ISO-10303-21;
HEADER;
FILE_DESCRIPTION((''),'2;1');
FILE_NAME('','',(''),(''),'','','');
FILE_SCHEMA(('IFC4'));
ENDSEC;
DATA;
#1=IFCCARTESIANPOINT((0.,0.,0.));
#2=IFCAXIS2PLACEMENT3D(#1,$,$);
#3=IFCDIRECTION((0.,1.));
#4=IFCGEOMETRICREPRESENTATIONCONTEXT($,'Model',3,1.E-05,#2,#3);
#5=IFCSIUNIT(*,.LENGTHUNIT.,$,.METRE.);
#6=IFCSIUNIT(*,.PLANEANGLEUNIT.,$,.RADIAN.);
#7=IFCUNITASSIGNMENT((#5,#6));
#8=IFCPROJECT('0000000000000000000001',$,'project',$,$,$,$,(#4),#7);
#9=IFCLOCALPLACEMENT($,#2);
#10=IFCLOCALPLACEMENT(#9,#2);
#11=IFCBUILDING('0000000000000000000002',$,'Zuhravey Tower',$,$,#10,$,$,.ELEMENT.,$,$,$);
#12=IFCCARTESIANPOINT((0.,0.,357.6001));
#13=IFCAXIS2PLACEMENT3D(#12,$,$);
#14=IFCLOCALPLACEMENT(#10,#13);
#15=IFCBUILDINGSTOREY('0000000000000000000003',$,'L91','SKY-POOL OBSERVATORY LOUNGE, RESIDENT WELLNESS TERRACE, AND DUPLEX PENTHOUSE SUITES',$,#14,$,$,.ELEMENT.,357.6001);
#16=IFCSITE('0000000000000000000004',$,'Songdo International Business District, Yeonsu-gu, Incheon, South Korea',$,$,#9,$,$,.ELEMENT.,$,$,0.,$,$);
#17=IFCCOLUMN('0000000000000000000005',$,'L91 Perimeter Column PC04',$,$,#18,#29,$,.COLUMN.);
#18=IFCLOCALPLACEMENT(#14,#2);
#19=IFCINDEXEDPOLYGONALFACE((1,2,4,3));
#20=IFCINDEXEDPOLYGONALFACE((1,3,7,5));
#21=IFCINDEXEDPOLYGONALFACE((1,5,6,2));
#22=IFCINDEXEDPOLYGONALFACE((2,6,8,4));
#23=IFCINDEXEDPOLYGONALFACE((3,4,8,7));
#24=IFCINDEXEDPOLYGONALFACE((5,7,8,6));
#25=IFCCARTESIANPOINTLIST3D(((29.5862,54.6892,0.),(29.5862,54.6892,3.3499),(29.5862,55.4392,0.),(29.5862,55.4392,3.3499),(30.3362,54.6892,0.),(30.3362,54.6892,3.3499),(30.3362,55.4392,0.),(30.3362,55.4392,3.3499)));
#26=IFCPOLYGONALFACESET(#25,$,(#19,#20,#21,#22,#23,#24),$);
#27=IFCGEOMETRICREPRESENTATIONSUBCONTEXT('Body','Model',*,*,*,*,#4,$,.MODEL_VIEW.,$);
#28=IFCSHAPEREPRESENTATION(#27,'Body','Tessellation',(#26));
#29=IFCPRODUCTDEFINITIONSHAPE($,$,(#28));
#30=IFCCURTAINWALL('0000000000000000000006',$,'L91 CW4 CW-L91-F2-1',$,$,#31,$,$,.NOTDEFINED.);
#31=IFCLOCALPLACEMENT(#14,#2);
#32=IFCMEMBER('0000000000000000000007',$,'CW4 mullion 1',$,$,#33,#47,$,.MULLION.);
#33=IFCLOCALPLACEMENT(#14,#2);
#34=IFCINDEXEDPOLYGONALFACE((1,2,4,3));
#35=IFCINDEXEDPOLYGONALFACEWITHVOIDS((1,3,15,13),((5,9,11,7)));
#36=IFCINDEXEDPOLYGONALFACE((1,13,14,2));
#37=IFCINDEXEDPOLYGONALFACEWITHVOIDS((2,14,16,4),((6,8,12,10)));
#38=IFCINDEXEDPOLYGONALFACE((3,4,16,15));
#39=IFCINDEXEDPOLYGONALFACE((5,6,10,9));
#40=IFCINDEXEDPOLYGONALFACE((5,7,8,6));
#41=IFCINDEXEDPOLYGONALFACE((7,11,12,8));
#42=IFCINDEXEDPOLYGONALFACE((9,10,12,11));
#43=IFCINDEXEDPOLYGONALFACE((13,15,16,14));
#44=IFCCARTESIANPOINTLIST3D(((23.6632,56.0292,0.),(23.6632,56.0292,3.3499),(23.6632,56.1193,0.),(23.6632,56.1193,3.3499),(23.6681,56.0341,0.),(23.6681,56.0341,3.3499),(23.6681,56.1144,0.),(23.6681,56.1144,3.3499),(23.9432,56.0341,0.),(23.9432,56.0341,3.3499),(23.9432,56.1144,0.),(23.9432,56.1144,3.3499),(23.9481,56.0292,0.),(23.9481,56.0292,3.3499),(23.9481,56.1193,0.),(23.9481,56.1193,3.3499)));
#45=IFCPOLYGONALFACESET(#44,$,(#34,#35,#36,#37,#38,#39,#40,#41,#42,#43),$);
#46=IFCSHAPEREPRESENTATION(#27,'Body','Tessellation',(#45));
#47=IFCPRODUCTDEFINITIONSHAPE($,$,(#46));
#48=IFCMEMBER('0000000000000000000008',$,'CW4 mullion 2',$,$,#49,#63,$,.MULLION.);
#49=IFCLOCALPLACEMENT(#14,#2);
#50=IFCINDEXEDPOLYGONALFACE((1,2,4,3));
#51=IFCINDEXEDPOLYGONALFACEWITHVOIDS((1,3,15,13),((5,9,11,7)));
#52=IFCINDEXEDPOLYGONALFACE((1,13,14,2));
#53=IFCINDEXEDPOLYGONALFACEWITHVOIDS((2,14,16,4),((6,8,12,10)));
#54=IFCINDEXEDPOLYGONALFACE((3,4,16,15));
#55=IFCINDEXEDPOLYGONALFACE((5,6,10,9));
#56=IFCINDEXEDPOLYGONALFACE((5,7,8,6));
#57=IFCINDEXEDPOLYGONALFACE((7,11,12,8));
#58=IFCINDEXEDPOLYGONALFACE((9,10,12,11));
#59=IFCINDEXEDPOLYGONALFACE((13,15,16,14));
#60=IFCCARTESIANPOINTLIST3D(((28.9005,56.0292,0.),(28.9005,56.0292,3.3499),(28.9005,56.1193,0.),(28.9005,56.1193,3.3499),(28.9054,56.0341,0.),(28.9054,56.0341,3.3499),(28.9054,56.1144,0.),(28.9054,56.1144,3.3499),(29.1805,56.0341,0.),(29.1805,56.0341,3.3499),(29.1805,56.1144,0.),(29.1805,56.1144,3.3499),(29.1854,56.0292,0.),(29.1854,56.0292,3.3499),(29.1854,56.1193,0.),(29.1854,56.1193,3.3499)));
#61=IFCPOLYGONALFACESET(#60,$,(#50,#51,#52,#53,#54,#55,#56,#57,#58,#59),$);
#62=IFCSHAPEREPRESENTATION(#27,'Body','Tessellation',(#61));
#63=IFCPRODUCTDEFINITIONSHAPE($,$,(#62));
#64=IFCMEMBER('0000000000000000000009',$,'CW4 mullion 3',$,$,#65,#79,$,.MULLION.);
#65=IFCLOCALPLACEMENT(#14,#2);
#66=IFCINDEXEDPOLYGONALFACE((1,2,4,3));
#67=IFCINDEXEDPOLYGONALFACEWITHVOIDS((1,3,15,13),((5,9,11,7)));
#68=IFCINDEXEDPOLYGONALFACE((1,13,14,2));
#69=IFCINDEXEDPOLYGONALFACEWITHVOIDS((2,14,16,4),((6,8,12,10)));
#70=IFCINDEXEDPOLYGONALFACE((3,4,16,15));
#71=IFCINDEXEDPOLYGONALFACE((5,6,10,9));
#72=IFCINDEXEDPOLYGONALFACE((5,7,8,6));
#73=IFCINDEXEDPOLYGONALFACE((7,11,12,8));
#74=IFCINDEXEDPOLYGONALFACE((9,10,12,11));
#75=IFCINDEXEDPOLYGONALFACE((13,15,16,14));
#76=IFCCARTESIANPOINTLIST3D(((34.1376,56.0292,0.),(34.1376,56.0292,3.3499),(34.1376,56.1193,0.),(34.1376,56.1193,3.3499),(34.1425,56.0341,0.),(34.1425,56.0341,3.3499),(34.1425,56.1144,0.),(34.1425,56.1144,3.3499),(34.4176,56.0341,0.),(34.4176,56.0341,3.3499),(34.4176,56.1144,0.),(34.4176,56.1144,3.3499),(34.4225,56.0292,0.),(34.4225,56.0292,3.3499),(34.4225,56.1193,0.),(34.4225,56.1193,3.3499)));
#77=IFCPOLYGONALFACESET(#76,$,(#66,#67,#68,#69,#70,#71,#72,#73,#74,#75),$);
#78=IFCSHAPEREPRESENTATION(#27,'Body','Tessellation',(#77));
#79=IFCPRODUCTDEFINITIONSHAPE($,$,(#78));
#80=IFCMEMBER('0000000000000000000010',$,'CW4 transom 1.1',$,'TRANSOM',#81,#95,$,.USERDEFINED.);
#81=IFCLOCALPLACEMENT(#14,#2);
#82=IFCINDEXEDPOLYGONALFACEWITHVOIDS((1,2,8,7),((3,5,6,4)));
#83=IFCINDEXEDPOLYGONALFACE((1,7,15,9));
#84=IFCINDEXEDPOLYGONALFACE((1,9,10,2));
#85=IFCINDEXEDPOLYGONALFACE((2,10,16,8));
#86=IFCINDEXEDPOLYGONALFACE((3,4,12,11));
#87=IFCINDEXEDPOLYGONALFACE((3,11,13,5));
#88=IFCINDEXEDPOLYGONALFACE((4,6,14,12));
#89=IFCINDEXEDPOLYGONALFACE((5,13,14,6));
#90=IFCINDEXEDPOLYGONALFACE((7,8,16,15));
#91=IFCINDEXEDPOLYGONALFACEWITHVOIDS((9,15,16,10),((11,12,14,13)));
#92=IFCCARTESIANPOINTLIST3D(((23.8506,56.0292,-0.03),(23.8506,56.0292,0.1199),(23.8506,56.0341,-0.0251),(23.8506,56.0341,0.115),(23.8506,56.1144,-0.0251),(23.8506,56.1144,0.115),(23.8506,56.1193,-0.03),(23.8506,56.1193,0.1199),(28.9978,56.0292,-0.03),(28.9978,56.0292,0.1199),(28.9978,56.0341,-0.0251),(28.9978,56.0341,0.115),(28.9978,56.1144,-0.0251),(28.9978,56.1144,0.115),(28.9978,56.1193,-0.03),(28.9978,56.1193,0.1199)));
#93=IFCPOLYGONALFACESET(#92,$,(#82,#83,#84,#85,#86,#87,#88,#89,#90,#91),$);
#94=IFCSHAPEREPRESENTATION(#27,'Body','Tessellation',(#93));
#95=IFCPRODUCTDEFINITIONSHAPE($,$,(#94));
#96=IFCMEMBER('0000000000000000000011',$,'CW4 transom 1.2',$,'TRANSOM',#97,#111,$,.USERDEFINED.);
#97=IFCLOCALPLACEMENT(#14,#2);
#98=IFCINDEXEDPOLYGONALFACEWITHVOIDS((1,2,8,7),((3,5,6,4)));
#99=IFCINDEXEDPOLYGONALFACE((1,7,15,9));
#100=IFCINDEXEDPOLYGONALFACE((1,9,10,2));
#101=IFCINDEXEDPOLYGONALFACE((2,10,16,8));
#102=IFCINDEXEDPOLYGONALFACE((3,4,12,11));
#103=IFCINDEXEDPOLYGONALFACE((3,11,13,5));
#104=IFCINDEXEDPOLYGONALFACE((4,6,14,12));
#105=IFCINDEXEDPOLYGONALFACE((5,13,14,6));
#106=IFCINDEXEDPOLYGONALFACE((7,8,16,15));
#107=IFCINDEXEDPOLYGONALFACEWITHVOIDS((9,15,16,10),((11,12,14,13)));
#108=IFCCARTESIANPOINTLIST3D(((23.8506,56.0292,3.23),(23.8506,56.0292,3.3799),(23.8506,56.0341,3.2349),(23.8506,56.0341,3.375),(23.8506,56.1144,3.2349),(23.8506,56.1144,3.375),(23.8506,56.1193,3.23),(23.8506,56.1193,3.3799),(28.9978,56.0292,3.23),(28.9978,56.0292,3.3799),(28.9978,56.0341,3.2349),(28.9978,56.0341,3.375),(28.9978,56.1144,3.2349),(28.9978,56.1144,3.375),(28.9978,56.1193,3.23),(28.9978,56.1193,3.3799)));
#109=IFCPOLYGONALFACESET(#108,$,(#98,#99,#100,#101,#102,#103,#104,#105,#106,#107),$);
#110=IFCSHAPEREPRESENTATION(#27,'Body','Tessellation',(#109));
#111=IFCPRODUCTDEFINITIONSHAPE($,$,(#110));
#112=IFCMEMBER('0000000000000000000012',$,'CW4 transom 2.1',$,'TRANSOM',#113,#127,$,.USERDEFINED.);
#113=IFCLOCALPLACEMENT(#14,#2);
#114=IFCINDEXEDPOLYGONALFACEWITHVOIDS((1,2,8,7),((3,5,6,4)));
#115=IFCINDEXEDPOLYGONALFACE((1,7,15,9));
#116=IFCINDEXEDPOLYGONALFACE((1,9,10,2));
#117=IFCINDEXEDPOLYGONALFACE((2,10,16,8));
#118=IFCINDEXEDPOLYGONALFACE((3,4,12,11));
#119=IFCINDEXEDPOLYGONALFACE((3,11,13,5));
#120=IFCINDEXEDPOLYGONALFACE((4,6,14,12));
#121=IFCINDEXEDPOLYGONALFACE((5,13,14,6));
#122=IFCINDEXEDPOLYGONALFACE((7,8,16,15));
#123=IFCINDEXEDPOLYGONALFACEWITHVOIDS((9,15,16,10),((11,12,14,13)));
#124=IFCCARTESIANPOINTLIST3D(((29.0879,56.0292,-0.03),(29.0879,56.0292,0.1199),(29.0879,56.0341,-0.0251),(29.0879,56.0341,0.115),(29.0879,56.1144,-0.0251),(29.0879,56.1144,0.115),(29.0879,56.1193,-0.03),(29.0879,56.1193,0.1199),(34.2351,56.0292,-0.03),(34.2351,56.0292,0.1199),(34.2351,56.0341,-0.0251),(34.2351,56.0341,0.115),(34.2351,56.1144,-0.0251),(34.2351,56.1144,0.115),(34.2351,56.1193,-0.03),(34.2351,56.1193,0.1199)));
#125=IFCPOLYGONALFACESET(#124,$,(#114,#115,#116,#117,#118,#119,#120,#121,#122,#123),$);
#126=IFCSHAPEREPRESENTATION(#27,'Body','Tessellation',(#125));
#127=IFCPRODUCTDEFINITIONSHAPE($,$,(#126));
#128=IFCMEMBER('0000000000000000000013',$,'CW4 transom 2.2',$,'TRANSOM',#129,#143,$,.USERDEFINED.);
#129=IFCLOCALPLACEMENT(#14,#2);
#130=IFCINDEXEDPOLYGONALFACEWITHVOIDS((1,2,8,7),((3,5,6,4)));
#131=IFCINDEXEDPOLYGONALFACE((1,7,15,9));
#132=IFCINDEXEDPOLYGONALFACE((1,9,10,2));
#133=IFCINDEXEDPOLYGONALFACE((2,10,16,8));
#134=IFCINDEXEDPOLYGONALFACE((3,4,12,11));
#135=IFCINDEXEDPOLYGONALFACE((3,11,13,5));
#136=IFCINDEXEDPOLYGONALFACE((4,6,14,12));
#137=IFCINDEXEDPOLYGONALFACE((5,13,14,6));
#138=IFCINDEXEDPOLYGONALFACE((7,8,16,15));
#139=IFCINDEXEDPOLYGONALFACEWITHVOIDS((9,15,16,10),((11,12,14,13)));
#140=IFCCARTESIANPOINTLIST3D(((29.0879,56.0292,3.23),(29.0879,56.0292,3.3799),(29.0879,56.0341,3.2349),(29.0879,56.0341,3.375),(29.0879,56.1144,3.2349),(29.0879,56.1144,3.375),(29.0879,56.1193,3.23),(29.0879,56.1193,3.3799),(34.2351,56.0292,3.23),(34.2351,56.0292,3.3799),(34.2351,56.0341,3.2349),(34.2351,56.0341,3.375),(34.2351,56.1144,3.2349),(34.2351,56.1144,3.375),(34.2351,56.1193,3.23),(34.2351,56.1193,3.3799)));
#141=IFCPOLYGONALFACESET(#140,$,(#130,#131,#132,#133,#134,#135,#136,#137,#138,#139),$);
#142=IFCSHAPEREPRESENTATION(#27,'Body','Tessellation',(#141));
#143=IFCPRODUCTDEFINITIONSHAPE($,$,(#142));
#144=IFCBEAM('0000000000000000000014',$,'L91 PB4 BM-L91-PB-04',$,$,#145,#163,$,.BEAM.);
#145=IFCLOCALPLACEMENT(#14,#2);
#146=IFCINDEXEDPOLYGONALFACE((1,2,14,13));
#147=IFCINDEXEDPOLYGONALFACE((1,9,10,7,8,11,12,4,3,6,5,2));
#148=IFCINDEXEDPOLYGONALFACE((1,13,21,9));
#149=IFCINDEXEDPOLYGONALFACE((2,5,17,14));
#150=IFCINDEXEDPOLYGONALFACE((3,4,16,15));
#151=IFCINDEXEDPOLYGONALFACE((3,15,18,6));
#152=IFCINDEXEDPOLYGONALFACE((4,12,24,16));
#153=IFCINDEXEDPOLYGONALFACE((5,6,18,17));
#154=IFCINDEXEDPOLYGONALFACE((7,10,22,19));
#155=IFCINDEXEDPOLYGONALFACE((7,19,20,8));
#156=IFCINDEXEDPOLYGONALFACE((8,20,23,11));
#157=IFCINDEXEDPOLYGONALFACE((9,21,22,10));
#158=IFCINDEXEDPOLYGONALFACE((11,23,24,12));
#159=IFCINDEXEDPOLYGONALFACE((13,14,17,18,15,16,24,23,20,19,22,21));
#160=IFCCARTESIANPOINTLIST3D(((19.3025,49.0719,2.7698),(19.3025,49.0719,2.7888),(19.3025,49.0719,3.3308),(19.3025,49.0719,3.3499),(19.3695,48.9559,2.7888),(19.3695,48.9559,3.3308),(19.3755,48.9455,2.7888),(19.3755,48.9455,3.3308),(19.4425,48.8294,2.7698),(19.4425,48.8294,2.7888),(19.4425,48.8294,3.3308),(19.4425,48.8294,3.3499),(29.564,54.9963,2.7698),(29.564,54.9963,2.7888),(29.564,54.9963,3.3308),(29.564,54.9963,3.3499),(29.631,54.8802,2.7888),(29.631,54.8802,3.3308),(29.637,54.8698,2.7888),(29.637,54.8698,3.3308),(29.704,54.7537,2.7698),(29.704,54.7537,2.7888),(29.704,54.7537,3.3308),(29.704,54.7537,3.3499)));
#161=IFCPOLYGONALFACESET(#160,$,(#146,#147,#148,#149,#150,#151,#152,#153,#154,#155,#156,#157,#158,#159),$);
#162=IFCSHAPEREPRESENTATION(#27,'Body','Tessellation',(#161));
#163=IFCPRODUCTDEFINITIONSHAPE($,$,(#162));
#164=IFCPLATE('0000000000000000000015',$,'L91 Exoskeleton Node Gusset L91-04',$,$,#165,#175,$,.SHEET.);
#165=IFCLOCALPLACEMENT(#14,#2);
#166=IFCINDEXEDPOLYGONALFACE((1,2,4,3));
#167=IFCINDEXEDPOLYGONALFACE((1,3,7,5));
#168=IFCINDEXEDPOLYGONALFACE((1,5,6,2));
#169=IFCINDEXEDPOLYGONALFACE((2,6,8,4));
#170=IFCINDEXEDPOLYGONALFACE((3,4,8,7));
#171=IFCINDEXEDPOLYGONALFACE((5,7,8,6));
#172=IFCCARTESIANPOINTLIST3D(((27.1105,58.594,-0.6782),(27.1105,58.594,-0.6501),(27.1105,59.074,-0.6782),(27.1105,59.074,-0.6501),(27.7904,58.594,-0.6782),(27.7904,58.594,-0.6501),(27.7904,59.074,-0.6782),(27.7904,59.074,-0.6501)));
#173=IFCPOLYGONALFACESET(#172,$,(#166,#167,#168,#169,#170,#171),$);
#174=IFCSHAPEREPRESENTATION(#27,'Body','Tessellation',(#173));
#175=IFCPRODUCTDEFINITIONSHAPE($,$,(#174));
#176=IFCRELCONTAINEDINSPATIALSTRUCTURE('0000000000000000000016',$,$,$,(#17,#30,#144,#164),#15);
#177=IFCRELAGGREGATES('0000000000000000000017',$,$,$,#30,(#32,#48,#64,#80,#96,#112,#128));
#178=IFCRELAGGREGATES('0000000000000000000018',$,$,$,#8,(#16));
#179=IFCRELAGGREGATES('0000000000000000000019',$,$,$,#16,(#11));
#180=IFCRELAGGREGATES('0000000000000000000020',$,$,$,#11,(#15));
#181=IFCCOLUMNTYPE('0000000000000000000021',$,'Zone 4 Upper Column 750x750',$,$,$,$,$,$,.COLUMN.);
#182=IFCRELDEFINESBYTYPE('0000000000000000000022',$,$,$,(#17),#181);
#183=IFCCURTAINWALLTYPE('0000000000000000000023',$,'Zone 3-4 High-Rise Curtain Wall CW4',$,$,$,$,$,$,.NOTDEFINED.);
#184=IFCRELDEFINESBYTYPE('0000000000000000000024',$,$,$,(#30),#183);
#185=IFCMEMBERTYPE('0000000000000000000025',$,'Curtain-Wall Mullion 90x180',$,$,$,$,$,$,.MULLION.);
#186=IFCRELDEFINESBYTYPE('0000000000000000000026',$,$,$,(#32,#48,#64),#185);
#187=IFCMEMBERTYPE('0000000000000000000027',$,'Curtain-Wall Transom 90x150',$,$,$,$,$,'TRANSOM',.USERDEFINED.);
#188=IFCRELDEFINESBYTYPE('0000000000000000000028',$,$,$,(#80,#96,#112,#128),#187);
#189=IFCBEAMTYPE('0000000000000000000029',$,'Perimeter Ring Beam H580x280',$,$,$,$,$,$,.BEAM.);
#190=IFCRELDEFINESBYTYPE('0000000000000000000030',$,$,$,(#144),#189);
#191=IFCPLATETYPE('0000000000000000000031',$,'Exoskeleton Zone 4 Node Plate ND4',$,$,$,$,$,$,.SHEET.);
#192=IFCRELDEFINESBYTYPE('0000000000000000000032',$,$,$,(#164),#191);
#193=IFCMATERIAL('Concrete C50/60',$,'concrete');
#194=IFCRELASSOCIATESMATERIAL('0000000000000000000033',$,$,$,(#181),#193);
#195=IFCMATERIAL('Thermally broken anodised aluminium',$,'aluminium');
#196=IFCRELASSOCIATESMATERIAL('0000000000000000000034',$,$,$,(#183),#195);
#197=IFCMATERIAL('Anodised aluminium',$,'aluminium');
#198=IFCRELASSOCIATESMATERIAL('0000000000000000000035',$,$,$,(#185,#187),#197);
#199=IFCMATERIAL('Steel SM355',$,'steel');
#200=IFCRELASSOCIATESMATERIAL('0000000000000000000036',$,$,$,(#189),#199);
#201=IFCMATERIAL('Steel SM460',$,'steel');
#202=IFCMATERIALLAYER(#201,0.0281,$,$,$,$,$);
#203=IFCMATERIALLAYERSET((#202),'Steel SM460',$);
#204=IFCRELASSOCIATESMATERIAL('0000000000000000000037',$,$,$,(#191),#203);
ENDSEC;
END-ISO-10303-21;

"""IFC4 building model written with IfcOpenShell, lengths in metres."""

from ifc_helpers import new_model, si_unit, direction, frame, origin, origin_2d, place, context, subcontext, project, spatial, rectangle, hollow_rectangle, i_section, extrude, material, layer, layer_set, material_profile, profile_set, type_object, element, aggregate, save


model = new_model("IFC4")

# Units and contexts
model_context = context("Model", 3, precision=1e-05, world=origin(), true_north=direction((0.0, 1.0)))
body_context = subcontext(model_context, "Body", "Model", "MODEL_VIEW")
ifc_project = project(units=[si_unit("LENGTHUNIT", "METRE"), si_unit("PLANEANGLEUNIT", "RADIAN")], contexts=[model_context])

# Site, building, storey
site_placement = place(None, origin())
site = spatial("IfcSite", under=ifc_project, at=site_placement, Name="Songdo International Business District, Yeonsu-gu, Incheon, South Korea", CompositionType="ELEMENT", RefElevation=0.0)
building_placement = place(site_placement, origin())
building = spatial("IfcBuilding", under=site, at=building_placement, Name="Zuhravey Tower", CompositionType="ELEMENT")
storey_placement = place(building_placement, frame((0.0, 0.0, 357.6001)))
storey = spatial("IfcBuildingStorey", under=building, at=storey_placement, Name="L91", Description="SKY-POOL OBSERVATORY LOUNGE, RESIDENT WELLNESS TERRACE, AND DUPLEX PENTHOUSE SUITES", CompositionType="ELEMENT", Elevation=357.6001)

# Column
ifc_material_1 = material(Name="Concrete C50/60", Category="concrete")
ifc_material_profile_1 = material_profile(ifc_material_1, rectangle(XDim=0.75, YDim=0.75, at=origin_2d()), Name="RC-750x750")
ifc_profile_set_1 = profile_set([ifc_material_profile_1], Name="Concrete C50/60")
column_type = type_object("IfcColumnType", Name="Zone 4 Upper Column 750x750", PredefinedType="COLUMN", material=ifc_profile_set_1)
column_placement = place(storey_placement, frame((29.9612, 55.0642, 0.0), z_axis=(0.0, 0.0, 1.0), x_axis=(-1.0, 0.0, 0.0)))
element("IfcColumn", 1, at=column_placement, inside=storey, type_object=column_type, Name="L91 Perimeter Column PC04", PredefinedType="COLUMN", context=body_context, shape_type="SweptSolid", body=[
    extrude(rectangle(XDim=0.75, YDim=0.75, at=origin_2d()), origin(), (0.0, 0.0, 1.0), 3.3499),
])

# Curtain wall, members
ifc_material_2 = material(Name="Thermally broken anodised aluminium", Category="aluminium")
curtain_wall_type = type_object("IfcCurtainWallType", Name="Zone 3-4 High-Rise Curtain Wall CW4", PredefinedType="NOTDEFINED", material=ifc_material_2)
curtain_wall_placement = place(storey_placement, origin())
curtain_wall = element("IfcCurtainWall", 2, at=curtain_wall_placement, inside=storey, type_object=curtain_wall_type, Name="L91 CW4 CW-L91-F2-1", PredefinedType="NOTDEFINED")
ifc_material_3 = material(Name="Anodised aluminium", Category="aluminium")
ifc_material_profile_2 = material_profile(ifc_material_3, hollow_rectangle(XDim=0.0901, YDim=0.2849, WallThickness=0.0049, at=origin_2d()), Name="ALU-RHS-90x285x5")
ifc_profile_set_2 = profile_set([ifc_material_profile_2], Name="Anodised aluminium")
member_type_1 = type_object("IfcMemberType", Name="Curtain-Wall Mullion 90x180", PredefinedType="MULLION", material=ifc_profile_set_2)
member_1_placement = place(storey_placement, frame((23.8057, 56.0742, 0.0), z_axis=(0.0, 0.0, 1.0), x_axis=(0.0, 1.0, 0.0)))
member_1 = element("IfcMember", 3, at=member_1_placement, type_object=member_type_1, Name="CW4 mullion 1", PredefinedType="MULLION", context=body_context, shape_type="SweptSolid", body=[
    extrude(hollow_rectangle(XDim=0.0901, YDim=0.2849, WallThickness=0.0049, at=origin_2d()), origin(), (0.0, 0.0, 1.0), 3.3499),
])
member_2_placement = place(storey_placement, frame((29.043, 56.0742, 0.0), z_axis=(0.0, 0.0, 1.0), x_axis=(0.0, 1.0, 0.0)))
member_2 = element("IfcMember", 4, at=member_2_placement, type_object=member_type_1, Name="CW4 mullion 2", PredefinedType="MULLION", context=body_context, shape_type="SweptSolid", body=[
    extrude(hollow_rectangle(XDim=0.0901, YDim=0.2849, WallThickness=0.0049, at=origin_2d()), origin(), (0.0, 0.0, 1.0), 3.3499),
])
member_3_placement = place(storey_placement, frame((34.28, 56.0742, 0.0), z_axis=(0.0, 0.0, 1.0), x_axis=(0.0, 1.0, 0.0)))
member_3 = element("IfcMember", 5, at=member_3_placement, type_object=member_type_1, Name="CW4 mullion 3", PredefinedType="MULLION", context=body_context, shape_type="SweptSolid", body=[
    extrude(hollow_rectangle(XDim=0.0901, YDim=0.2849, WallThickness=0.0049, at=origin_2d()), origin(), (0.0, 0.0, 1.0), 3.3499),
])
ifc_material_profile_3 = material_profile(ifc_material_3, hollow_rectangle(XDim=0.0901, YDim=0.1499, WallThickness=0.0049, at=origin_2d()), Name="ALU-RHS-90x150x5")
ifc_profile_set_3 = profile_set([ifc_material_profile_3], Name="Anodised aluminium")
member_type_2 = type_object("IfcMemberType", Name="Curtain-Wall Transom 90x150", ElementType="TRANSOM", PredefinedType="USERDEFINED", material=ifc_profile_set_3)
member_4_placement = place(storey_placement, frame((23.8506, 56.0742, 0.0449), z_axis=(1.0, 0.0, 0.0), x_axis=(0.0, 1.0, 0.0)))
member_4 = element("IfcMember", 6, at=member_4_placement, type_object=member_type_2, Name="CW4 transom 1.1", ObjectType="TRANSOM", PredefinedType="USERDEFINED", context=body_context, shape_type="SweptSolid", body=[
    extrude(hollow_rectangle(XDim=0.0901, YDim=0.1499, WallThickness=0.0049, at=origin_2d()), origin(), (0.0, 0.0, 1.0), 5.1472),
])
member_5_placement = place(storey_placement, frame((23.8506, 56.0742, 3.3049), z_axis=(1.0, 0.0, 0.0), x_axis=(0.0, 1.0, 0.0)))
member_5 = element("IfcMember", 7, at=member_5_placement, type_object=member_type_2, Name="CW4 transom 1.2", ObjectType="TRANSOM", PredefinedType="USERDEFINED", context=body_context, shape_type="SweptSolid", body=[
    extrude(hollow_rectangle(XDim=0.0901, YDim=0.1499, WallThickness=0.0049, at=origin_2d()), origin(), (0.0, 0.0, 1.0), 5.1472),
])
member_6_placement = place(storey_placement, frame((29.0879, 56.0742, 0.0449), z_axis=(1.0, 0.0, 0.0), x_axis=(0.0, 1.0, 0.0)))
member_6 = element("IfcMember", 8, at=member_6_placement, type_object=member_type_2, Name="CW4 transom 2.1", ObjectType="TRANSOM", PredefinedType="USERDEFINED", context=body_context, shape_type="SweptSolid", body=[
    extrude(hollow_rectangle(XDim=0.0901, YDim=0.1499, WallThickness=0.0049, at=origin_2d()), origin(), (0.0, 0.0, 1.0), 5.1472),
])
member_7_placement = place(storey_placement, frame((29.0879, 56.0742, 3.3049), z_axis=(1.0, 0.0, 0.0), x_axis=(0.0, 1.0, 0.0)))
member_7 = element("IfcMember", 9, at=member_7_placement, type_object=member_type_2, Name="CW4 transom 2.2", ObjectType="TRANSOM", PredefinedType="USERDEFINED", context=body_context, shape_type="SweptSolid", body=[
    extrude(hollow_rectangle(XDim=0.0901, YDim=0.1499, WallThickness=0.0049, at=origin_2d()), origin(), (0.0, 0.0, 1.0), 5.1472),
])

# Beam
ifc_material_4 = material(Name="Steel SM355", Category="steel")
ifc_material_profile_4 = material_profile(ifc_material_4, i_section(OverallWidth=0.28, OverallDepth=0.5801, WebThickness=0.012, FlangeThickness=0.019, at=origin_2d()), Name="H-580x280x12x19")
ifc_profile_set_4 = profile_set([ifc_material_profile_4], Name="Steel SM355")
beam_type = type_object("IfcBeamType", Name="Perimeter Ring Beam H580x280", PredefinedType="BEAM", material=ifc_profile_set_4)
beam_placement = place(storey_placement, frame((29.634, 54.875, 3.0598), z_axis=(-0.866031, -0.499991, 0.0), x_axis=(0.499991, -0.866031, 0.0)))
element("IfcBeam", 10, at=beam_placement, inside=storey, type_object=beam_type, Name="L91 PB4 BM-L91-PB-04", PredefinedType="BEAM", context=body_context, shape_type="SweptSolid", body=[
    extrude(i_section(OverallWidth=0.28, OverallDepth=0.5801, WebThickness=0.012, FlangeThickness=0.019, at=origin_2d()), origin(), (0.0, 0.0, 1.0), 11.8489),
])

# Plate
ifc_material_5 = material(Name="Steel SM460", Category="steel")
ifc_layer_1 = layer(ifc_material_5, 0.0281)
ifc_layer_set_1 = layer_set([ifc_layer_1], Name="Steel SM460")
plate_type_1 = type_object("IfcPlateType", Name="Exoskeleton Zone 4 Node Plate ND4", PredefinedType="SHEET", material=ifc_layer_set_1)
plate_1_placement = place(storey_placement, frame((27.4504, 58.834, -0.6782), z_axis=(0.0, 0.0, 1.0), x_axis=(-1.0, 0.0, 0.0)))
element("IfcPlate", 11, at=plate_1_placement, inside=storey, type_object=plate_type_1, Name="L91 Exoskeleton Node Gusset L91-04", PredefinedType="SHEET", context=body_context, shape_type="SweptSolid", body=[
    extrude(rectangle(XDim=0.6799, YDim=0.48, at=origin_2d()), origin(), (0.0, 0.0, 1.0), 0.0281),
])
aggregate(curtain_wall, [member_1, member_2, member_3, member_4, member_5, member_6, member_7])

save(model, "model.ifc")
